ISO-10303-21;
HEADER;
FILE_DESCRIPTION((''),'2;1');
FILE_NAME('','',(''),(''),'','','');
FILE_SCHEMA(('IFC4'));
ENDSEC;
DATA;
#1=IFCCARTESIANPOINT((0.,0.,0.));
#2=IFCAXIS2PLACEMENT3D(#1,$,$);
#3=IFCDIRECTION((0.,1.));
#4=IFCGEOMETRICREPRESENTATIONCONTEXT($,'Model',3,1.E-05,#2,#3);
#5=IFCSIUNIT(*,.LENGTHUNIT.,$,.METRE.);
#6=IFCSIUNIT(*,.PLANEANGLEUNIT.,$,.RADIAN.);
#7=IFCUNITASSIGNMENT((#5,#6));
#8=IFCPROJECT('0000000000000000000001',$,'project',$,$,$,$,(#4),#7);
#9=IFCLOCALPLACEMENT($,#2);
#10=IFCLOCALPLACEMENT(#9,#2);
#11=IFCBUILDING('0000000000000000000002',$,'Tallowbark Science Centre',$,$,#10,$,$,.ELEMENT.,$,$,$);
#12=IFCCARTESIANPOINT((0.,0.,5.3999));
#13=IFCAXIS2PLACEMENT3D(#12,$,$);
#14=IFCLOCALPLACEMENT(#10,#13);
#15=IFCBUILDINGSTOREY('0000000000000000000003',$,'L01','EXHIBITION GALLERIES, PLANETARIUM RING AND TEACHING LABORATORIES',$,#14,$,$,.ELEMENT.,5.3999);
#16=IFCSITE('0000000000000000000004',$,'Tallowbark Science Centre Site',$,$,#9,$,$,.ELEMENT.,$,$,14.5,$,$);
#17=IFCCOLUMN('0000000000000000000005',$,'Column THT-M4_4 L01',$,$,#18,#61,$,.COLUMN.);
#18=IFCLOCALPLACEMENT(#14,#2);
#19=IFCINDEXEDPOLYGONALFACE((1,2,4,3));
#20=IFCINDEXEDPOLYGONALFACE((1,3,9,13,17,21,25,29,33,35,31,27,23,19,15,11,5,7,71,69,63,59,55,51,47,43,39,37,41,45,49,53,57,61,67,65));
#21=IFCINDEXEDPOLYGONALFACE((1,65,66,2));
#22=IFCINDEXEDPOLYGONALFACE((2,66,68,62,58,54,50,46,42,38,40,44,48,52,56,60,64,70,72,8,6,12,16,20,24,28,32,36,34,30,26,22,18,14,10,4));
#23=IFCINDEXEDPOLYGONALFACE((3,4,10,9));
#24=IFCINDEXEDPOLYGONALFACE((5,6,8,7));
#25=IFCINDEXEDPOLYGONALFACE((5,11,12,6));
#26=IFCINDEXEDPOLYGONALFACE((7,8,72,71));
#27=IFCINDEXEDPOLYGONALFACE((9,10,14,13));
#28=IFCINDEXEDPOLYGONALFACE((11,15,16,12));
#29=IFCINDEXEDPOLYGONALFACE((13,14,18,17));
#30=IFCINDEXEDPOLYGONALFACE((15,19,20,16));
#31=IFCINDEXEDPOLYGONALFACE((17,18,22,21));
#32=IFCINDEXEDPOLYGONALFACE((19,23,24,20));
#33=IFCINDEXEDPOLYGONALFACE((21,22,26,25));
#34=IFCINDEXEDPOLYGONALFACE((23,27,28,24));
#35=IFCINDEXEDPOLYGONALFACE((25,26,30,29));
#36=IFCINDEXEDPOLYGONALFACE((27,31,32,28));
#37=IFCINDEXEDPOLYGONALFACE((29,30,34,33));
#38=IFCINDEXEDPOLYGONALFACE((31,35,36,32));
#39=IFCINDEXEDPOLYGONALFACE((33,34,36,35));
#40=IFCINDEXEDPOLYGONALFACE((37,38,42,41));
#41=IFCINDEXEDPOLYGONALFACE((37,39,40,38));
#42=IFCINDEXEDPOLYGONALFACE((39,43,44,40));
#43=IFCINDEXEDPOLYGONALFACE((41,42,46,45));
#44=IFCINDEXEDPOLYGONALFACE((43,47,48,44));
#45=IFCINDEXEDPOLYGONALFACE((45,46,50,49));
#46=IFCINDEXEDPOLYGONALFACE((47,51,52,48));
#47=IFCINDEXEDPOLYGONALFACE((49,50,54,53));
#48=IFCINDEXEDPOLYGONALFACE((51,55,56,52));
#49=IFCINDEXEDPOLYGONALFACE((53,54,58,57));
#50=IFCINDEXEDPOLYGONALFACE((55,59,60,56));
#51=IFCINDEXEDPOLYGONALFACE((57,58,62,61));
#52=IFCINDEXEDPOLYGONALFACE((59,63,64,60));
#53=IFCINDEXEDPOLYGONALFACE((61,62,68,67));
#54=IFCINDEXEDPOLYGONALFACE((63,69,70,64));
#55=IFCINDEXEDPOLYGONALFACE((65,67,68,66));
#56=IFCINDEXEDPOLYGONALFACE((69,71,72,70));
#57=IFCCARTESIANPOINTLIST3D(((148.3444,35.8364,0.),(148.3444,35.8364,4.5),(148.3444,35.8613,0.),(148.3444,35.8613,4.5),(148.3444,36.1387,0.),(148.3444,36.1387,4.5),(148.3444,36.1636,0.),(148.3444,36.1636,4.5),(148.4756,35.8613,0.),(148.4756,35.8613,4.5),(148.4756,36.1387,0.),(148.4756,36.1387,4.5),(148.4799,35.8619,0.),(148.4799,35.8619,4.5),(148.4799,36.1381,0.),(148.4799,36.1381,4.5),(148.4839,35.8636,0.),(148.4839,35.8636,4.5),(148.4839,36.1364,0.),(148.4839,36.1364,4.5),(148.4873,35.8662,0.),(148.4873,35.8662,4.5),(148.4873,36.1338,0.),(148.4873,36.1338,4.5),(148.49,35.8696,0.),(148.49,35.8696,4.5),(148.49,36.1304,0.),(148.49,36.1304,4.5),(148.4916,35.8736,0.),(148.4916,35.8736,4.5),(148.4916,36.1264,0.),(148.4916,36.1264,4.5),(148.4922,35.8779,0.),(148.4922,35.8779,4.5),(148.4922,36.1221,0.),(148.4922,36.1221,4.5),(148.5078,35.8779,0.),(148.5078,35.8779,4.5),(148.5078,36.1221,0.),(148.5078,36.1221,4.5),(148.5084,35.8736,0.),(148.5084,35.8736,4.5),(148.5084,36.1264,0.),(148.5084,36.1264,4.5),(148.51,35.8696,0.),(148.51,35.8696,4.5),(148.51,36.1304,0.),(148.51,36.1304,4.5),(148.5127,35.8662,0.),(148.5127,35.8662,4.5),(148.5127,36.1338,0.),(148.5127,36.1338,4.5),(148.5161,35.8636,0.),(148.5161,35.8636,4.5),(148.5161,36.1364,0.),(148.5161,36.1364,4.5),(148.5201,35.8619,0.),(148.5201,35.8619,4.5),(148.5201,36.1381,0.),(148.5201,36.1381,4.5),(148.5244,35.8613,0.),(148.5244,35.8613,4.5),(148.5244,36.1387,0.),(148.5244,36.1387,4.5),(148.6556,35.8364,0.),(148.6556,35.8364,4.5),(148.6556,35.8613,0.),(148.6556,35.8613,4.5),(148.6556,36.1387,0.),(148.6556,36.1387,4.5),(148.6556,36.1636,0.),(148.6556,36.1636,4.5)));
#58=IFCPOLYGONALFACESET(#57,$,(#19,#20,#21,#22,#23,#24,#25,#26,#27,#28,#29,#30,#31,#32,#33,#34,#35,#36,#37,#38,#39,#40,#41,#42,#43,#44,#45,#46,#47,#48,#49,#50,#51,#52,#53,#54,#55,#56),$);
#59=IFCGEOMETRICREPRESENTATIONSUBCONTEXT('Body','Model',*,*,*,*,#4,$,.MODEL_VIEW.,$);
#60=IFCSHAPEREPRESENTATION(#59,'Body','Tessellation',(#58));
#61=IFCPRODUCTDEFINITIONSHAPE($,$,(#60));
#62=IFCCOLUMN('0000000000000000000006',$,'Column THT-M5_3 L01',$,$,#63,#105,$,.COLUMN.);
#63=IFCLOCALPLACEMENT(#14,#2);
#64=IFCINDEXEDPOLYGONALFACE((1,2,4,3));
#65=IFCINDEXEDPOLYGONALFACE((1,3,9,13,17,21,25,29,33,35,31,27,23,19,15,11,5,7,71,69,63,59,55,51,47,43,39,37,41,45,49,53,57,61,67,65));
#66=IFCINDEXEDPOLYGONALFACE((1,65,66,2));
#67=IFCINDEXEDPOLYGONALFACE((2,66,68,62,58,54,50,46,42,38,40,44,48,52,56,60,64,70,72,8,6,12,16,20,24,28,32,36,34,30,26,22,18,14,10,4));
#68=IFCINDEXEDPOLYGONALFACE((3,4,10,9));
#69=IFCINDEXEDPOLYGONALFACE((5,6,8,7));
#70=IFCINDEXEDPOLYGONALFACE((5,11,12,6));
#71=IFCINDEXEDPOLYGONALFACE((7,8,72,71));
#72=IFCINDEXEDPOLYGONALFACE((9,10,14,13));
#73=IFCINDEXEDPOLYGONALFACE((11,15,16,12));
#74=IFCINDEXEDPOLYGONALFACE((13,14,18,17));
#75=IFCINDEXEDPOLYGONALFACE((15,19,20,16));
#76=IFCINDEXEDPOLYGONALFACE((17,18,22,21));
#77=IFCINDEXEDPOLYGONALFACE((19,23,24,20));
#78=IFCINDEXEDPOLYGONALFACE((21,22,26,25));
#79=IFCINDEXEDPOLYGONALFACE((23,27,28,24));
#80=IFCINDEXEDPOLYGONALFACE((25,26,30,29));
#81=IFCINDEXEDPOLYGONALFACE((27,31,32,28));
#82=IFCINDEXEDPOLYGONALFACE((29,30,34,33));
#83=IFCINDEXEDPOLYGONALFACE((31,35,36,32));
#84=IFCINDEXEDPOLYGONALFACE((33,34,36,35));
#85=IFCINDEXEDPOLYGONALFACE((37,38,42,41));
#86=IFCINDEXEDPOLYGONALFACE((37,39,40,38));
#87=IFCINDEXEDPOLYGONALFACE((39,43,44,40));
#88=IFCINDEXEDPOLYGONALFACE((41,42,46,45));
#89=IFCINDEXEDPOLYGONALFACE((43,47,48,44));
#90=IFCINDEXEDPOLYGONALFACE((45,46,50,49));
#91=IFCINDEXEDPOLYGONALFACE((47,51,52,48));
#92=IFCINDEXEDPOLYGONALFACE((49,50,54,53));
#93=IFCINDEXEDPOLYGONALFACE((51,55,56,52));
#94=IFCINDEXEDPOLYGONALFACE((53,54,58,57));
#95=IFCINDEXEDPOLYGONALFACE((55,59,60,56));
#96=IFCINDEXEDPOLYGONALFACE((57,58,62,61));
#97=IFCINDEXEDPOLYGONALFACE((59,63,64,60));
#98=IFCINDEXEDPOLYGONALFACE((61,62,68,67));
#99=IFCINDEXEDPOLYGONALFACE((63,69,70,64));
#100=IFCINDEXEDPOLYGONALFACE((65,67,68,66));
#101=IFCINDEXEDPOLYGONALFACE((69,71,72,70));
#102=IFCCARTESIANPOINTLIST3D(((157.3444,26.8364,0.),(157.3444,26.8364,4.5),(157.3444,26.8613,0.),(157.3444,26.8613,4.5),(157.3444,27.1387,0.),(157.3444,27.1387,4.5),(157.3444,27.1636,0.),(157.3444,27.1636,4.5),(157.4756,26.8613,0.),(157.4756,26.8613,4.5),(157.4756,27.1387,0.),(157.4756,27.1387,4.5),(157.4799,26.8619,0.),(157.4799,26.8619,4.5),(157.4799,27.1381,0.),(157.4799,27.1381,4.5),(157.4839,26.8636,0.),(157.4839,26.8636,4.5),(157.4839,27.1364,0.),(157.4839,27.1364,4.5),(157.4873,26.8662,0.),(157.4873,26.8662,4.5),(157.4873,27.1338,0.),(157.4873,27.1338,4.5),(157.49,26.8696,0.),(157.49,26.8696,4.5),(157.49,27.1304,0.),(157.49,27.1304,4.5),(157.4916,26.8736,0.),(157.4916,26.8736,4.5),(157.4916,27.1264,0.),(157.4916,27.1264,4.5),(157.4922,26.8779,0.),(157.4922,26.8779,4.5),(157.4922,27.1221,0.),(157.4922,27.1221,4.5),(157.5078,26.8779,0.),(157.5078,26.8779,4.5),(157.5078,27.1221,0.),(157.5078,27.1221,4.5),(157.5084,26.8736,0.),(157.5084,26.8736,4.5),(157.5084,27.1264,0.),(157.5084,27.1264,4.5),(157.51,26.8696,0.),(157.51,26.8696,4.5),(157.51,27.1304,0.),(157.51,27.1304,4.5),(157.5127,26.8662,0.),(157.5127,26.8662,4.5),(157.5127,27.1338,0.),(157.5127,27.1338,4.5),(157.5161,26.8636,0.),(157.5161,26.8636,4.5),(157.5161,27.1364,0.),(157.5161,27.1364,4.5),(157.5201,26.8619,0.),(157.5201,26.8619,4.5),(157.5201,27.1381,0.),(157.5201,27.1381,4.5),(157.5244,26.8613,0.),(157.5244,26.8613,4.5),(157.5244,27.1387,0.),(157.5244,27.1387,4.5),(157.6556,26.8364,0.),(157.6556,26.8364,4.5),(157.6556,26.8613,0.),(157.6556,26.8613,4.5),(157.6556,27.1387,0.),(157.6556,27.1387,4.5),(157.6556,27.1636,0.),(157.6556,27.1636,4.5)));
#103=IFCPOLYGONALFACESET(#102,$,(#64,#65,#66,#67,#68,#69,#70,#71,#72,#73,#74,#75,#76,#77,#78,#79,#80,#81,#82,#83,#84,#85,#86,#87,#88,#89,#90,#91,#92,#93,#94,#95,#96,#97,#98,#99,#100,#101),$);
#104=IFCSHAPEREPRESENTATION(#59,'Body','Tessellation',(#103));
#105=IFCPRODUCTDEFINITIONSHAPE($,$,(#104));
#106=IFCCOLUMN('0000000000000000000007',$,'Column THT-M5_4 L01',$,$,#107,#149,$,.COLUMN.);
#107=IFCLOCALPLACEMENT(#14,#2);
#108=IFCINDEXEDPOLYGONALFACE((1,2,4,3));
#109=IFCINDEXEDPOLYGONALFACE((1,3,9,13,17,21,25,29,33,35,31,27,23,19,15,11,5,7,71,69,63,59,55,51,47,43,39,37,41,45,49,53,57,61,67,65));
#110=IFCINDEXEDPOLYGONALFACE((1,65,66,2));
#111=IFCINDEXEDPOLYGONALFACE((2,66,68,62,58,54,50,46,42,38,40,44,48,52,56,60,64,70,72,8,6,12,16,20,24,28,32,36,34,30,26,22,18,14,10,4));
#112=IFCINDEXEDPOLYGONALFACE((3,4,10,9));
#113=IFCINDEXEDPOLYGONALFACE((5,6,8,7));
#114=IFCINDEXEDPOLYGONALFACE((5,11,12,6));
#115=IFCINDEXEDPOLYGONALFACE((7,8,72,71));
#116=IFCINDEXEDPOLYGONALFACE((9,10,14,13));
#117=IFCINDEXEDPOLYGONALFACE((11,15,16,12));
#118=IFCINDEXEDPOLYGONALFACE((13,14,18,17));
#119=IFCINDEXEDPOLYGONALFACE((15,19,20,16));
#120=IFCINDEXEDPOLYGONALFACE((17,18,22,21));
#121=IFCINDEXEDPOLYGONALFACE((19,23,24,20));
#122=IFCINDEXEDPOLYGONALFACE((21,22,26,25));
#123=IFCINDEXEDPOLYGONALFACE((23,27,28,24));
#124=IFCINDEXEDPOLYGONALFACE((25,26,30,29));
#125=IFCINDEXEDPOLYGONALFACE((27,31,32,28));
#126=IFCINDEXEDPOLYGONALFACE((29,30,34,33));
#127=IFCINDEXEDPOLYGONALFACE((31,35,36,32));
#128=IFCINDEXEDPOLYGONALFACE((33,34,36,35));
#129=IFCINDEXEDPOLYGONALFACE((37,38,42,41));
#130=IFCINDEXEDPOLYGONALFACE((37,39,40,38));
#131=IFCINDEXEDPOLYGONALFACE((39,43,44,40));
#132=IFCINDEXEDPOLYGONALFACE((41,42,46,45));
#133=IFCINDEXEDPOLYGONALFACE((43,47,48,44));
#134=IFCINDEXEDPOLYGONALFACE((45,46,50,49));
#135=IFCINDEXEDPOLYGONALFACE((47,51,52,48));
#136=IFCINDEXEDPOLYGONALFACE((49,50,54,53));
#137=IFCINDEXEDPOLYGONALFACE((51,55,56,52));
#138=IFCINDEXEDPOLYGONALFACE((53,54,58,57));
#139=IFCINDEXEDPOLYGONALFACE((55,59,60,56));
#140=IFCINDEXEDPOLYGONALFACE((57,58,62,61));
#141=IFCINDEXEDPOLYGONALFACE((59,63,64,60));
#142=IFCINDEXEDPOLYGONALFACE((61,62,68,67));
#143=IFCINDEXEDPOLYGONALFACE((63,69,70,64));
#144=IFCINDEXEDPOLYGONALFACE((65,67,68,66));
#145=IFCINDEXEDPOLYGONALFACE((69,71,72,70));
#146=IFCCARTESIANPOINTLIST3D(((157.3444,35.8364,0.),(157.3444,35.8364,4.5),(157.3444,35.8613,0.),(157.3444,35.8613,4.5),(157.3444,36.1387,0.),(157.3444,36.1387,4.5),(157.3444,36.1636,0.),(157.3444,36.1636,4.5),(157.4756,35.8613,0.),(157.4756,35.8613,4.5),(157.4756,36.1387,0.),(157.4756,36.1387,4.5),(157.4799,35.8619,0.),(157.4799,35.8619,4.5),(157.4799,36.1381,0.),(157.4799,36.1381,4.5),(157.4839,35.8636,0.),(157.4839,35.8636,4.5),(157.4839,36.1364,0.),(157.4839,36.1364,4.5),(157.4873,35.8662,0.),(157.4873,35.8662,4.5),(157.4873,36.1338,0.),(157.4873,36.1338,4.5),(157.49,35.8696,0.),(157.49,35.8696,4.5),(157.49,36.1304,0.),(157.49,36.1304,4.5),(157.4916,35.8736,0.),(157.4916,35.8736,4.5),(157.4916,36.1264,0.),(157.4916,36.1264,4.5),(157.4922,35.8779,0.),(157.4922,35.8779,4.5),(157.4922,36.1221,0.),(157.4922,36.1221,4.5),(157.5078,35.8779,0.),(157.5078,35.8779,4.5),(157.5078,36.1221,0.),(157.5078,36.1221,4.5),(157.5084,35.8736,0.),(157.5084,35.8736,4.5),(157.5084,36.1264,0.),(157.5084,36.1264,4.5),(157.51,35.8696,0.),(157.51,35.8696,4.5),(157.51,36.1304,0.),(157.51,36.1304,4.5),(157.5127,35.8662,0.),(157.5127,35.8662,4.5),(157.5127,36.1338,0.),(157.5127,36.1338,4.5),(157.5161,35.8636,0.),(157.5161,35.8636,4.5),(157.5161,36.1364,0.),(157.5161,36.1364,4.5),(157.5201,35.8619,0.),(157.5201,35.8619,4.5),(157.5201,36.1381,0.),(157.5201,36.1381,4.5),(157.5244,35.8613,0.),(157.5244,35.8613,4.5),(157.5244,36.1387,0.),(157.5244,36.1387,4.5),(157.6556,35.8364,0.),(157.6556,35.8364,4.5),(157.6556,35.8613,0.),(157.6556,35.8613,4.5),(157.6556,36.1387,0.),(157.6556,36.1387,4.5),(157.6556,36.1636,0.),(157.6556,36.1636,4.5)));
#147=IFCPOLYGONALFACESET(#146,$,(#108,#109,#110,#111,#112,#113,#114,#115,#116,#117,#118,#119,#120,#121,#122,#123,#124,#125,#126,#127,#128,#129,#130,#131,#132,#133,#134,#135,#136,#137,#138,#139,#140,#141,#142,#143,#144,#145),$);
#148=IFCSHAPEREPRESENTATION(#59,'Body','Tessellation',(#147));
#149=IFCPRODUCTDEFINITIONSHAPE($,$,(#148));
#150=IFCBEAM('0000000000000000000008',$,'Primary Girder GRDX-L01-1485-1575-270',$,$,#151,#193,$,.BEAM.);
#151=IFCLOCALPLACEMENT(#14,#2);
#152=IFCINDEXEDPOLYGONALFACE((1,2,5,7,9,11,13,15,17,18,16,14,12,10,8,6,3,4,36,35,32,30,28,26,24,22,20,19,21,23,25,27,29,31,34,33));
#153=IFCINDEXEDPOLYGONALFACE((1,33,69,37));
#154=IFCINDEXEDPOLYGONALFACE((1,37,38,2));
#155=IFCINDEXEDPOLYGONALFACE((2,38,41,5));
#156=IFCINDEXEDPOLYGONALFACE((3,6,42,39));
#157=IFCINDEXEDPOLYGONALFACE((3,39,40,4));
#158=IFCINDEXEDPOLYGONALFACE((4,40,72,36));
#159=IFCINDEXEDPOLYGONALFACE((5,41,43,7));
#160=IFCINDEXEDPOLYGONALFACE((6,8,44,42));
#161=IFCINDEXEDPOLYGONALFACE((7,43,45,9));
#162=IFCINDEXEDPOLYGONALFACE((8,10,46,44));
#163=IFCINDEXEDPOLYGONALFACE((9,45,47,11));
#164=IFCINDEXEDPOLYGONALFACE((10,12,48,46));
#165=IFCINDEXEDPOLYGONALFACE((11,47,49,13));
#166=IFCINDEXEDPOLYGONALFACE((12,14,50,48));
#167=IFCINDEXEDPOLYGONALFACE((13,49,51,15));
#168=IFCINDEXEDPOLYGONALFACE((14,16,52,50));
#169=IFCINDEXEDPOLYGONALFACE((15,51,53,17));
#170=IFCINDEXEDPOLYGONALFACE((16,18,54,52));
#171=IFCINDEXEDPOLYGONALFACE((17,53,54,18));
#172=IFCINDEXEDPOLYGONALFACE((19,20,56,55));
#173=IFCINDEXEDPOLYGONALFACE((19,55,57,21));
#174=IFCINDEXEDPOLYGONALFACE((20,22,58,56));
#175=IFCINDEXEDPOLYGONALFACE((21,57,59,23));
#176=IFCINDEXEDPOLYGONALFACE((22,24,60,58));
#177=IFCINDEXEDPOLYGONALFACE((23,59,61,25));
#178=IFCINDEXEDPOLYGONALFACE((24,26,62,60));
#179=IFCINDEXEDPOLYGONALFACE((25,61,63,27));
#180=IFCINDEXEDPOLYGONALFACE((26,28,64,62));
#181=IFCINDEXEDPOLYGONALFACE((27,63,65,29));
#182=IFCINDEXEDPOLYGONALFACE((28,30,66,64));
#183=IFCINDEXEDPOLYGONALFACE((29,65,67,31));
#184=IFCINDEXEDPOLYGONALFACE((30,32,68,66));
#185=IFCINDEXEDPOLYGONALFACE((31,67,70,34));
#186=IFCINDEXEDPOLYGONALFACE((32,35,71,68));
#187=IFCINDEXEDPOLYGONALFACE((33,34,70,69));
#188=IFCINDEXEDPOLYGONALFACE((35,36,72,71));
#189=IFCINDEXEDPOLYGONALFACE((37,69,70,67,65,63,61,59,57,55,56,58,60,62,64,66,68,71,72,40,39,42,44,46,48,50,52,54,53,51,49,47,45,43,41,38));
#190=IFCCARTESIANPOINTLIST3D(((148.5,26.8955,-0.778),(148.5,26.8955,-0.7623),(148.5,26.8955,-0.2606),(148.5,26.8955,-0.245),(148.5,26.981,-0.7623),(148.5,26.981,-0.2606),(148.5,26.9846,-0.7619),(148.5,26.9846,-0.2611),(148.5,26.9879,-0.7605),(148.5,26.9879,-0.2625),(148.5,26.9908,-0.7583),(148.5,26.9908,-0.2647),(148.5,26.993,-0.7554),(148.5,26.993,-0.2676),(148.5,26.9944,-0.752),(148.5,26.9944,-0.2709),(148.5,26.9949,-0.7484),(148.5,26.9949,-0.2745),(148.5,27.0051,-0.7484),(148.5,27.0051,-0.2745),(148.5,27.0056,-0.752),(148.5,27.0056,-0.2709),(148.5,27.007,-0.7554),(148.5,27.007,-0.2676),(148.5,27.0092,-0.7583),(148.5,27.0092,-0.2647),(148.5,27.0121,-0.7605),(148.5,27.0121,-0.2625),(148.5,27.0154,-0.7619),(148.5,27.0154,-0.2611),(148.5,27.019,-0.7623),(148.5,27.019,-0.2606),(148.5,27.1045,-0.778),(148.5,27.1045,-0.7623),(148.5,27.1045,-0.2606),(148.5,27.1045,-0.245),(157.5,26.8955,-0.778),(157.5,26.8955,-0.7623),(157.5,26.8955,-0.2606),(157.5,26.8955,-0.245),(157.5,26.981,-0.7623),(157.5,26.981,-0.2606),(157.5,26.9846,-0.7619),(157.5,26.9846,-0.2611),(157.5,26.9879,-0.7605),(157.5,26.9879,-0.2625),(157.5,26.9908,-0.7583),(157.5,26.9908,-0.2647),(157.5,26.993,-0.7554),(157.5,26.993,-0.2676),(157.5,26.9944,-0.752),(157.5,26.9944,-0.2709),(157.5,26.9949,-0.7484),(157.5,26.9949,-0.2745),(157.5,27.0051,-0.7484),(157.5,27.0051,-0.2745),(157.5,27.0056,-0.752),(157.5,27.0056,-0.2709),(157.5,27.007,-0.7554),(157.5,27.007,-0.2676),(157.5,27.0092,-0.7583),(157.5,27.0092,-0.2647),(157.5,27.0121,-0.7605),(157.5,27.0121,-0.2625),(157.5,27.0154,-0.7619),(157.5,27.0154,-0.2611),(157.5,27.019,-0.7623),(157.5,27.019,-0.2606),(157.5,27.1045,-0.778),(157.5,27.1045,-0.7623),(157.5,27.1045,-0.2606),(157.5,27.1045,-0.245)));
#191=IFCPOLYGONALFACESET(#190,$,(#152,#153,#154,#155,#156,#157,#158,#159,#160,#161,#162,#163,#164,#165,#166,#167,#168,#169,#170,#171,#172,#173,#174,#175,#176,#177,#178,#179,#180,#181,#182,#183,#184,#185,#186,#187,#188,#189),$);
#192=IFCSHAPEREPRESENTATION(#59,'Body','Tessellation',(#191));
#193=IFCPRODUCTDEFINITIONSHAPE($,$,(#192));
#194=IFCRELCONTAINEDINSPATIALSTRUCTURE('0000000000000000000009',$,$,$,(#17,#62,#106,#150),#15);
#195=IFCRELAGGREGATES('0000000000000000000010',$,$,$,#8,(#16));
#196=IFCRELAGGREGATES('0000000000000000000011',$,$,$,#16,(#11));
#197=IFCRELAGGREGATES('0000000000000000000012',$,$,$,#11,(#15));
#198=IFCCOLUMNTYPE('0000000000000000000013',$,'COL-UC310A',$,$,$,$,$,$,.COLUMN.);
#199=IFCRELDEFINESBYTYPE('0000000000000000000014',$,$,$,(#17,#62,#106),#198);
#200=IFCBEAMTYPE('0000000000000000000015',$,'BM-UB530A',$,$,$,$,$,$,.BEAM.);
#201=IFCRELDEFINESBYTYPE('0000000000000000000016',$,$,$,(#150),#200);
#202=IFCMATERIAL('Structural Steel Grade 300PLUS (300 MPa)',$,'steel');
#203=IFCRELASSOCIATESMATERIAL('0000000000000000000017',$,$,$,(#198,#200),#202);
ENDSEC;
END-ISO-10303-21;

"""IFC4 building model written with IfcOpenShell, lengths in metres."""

from ifc_helpers import new_model, si_unit, direction, frame, origin, origin_2d, place, context, subcontext, project, spatial, i_section, extrude, material, material_profile, profile_set, type_object, element, save


model = new_model("IFC4")

# Units and contexts
model_context = context("Model", 3, precision=1e-05, world=origin(), true_north=direction((0.0, 1.0)))
body_context = subcontext(model_context, "Body", "Model", "MODEL_VIEW")
ifc_project = project(units=[si_unit("LENGTHUNIT", "METRE"), si_unit("PLANEANGLEUNIT", "RADIAN")], contexts=[model_context])

# Site, building, storey
site_placement = place(None, origin())
site = spatial("IfcSite", under=ifc_project, at=site_placement, Name="Tallowbark Science Centre Site", CompositionType="ELEMENT", RefElevation=14.5)
building_placement = place(site_placement, origin())
building = spatial("IfcBuilding", under=site, at=building_placement, Name="Tallowbark Science Centre", CompositionType="ELEMENT")
storey_placement = place(building_placement, frame((0.0, 0.0, 5.3999)))
storey = spatial("IfcBuildingStorey", under=building, at=storey_placement, Name="L01", Description="EXHIBITION GALLERIES, PLANETARIUM RING AND TEACHING LABORATORIES", CompositionType="ELEMENT", Elevation=5.3999)

# Columns
ifc_material_1 = material(Name="Structural Steel Grade 300PLUS (300 MPa)", Category="steel")
ifc_material_profile_1 = material_profile(ifc_material_1, i_section(OverallWidth=0.3113, OverallDepth=0.3271, WebThickness=0.0156, FlangeThickness=0.0249, FilletRadius=0.0166, at=origin_2d()), Name="310UC158")
ifc_profile_set_1 = profile_set([ifc_material_profile_1], Name="Structural Steel Grade 300PLUS (300 MPa)")
column_type = type_object("IfcColumnType", Name="COL-UC310A", PredefinedType="COLUMN", material=ifc_profile_set_1)
for number, where, z_axis, x_axis, name in (
    (1, (148.5, 36.0, 0.0), (0.0, 0.0, 1.0), (1.0, 0.0, 0.0), "Column THT-M4_4 L01"),
    (2, (157.5, 27.0, 0.0), (0.0, 0.0, 1.0), (1.0, 0.0, 0.0), "Column THT-M5_3 L01"),
    (3, (157.5, 36.0, 0.0), (0.0, 0.0, 1.0), (1.0, 0.0, 0.0), "Column THT-M5_4 L01"),
):
    element("IfcColumn", number, at=place(storey_placement, frame(where, z_axis=z_axis, x_axis=x_axis)), inside=storey, type_object=column_type, Name=name, PredefinedType="COLUMN", context=body_context, shape_type="SweptSolid", body=[
        extrude(i_section(OverallWidth=0.3113, OverallDepth=0.3271, WebThickness=0.0156, FlangeThickness=0.0249, FilletRadius=0.0166, at=origin_2d()), origin(), (0.0, 0.0, 1.0), 4.5),
    ])

# Beam
ifc_material_profile_2 = material_profile(ifc_material_1, i_section(OverallWidth=0.209, OverallDepth=0.533, WebThickness=0.0103, FlangeThickness=0.0156, FilletRadius=0.0139, at=origin_2d()), Name="530UB92.4")
ifc_profile_set_2 = profile_set([ifc_material_profile_2], Name="Structural Steel Grade 300PLUS (300 MPa)")
beam_type_1 = type_object("IfcBeamType", Name="BM-UB530A", PredefinedType="BEAM", material=ifc_profile_set_2)
beam_placement = place(storey_placement, frame((148.5, 27.0, -0.5115), z_axis=(1.0, 0.0, 0.0), x_axis=(0.0, 1.0, 0.0)))
element("IfcBeam", 4, at=beam_placement, inside=storey, type_object=beam_type_1, Name="Primary Girder GRDX-L01-1485-1575-270", PredefinedType="BEAM", context=body_context, shape_type="SweptSolid", body=[
    extrude(i_section(OverallWidth=0.209, OverallDepth=0.533, WebThickness=0.0103, FlangeThickness=0.0156, FilletRadius=0.0139, at=origin_2d()), origin(), (0.0, 0.0, 1.0), 9.0),
])

save(model, "model.ifc")
